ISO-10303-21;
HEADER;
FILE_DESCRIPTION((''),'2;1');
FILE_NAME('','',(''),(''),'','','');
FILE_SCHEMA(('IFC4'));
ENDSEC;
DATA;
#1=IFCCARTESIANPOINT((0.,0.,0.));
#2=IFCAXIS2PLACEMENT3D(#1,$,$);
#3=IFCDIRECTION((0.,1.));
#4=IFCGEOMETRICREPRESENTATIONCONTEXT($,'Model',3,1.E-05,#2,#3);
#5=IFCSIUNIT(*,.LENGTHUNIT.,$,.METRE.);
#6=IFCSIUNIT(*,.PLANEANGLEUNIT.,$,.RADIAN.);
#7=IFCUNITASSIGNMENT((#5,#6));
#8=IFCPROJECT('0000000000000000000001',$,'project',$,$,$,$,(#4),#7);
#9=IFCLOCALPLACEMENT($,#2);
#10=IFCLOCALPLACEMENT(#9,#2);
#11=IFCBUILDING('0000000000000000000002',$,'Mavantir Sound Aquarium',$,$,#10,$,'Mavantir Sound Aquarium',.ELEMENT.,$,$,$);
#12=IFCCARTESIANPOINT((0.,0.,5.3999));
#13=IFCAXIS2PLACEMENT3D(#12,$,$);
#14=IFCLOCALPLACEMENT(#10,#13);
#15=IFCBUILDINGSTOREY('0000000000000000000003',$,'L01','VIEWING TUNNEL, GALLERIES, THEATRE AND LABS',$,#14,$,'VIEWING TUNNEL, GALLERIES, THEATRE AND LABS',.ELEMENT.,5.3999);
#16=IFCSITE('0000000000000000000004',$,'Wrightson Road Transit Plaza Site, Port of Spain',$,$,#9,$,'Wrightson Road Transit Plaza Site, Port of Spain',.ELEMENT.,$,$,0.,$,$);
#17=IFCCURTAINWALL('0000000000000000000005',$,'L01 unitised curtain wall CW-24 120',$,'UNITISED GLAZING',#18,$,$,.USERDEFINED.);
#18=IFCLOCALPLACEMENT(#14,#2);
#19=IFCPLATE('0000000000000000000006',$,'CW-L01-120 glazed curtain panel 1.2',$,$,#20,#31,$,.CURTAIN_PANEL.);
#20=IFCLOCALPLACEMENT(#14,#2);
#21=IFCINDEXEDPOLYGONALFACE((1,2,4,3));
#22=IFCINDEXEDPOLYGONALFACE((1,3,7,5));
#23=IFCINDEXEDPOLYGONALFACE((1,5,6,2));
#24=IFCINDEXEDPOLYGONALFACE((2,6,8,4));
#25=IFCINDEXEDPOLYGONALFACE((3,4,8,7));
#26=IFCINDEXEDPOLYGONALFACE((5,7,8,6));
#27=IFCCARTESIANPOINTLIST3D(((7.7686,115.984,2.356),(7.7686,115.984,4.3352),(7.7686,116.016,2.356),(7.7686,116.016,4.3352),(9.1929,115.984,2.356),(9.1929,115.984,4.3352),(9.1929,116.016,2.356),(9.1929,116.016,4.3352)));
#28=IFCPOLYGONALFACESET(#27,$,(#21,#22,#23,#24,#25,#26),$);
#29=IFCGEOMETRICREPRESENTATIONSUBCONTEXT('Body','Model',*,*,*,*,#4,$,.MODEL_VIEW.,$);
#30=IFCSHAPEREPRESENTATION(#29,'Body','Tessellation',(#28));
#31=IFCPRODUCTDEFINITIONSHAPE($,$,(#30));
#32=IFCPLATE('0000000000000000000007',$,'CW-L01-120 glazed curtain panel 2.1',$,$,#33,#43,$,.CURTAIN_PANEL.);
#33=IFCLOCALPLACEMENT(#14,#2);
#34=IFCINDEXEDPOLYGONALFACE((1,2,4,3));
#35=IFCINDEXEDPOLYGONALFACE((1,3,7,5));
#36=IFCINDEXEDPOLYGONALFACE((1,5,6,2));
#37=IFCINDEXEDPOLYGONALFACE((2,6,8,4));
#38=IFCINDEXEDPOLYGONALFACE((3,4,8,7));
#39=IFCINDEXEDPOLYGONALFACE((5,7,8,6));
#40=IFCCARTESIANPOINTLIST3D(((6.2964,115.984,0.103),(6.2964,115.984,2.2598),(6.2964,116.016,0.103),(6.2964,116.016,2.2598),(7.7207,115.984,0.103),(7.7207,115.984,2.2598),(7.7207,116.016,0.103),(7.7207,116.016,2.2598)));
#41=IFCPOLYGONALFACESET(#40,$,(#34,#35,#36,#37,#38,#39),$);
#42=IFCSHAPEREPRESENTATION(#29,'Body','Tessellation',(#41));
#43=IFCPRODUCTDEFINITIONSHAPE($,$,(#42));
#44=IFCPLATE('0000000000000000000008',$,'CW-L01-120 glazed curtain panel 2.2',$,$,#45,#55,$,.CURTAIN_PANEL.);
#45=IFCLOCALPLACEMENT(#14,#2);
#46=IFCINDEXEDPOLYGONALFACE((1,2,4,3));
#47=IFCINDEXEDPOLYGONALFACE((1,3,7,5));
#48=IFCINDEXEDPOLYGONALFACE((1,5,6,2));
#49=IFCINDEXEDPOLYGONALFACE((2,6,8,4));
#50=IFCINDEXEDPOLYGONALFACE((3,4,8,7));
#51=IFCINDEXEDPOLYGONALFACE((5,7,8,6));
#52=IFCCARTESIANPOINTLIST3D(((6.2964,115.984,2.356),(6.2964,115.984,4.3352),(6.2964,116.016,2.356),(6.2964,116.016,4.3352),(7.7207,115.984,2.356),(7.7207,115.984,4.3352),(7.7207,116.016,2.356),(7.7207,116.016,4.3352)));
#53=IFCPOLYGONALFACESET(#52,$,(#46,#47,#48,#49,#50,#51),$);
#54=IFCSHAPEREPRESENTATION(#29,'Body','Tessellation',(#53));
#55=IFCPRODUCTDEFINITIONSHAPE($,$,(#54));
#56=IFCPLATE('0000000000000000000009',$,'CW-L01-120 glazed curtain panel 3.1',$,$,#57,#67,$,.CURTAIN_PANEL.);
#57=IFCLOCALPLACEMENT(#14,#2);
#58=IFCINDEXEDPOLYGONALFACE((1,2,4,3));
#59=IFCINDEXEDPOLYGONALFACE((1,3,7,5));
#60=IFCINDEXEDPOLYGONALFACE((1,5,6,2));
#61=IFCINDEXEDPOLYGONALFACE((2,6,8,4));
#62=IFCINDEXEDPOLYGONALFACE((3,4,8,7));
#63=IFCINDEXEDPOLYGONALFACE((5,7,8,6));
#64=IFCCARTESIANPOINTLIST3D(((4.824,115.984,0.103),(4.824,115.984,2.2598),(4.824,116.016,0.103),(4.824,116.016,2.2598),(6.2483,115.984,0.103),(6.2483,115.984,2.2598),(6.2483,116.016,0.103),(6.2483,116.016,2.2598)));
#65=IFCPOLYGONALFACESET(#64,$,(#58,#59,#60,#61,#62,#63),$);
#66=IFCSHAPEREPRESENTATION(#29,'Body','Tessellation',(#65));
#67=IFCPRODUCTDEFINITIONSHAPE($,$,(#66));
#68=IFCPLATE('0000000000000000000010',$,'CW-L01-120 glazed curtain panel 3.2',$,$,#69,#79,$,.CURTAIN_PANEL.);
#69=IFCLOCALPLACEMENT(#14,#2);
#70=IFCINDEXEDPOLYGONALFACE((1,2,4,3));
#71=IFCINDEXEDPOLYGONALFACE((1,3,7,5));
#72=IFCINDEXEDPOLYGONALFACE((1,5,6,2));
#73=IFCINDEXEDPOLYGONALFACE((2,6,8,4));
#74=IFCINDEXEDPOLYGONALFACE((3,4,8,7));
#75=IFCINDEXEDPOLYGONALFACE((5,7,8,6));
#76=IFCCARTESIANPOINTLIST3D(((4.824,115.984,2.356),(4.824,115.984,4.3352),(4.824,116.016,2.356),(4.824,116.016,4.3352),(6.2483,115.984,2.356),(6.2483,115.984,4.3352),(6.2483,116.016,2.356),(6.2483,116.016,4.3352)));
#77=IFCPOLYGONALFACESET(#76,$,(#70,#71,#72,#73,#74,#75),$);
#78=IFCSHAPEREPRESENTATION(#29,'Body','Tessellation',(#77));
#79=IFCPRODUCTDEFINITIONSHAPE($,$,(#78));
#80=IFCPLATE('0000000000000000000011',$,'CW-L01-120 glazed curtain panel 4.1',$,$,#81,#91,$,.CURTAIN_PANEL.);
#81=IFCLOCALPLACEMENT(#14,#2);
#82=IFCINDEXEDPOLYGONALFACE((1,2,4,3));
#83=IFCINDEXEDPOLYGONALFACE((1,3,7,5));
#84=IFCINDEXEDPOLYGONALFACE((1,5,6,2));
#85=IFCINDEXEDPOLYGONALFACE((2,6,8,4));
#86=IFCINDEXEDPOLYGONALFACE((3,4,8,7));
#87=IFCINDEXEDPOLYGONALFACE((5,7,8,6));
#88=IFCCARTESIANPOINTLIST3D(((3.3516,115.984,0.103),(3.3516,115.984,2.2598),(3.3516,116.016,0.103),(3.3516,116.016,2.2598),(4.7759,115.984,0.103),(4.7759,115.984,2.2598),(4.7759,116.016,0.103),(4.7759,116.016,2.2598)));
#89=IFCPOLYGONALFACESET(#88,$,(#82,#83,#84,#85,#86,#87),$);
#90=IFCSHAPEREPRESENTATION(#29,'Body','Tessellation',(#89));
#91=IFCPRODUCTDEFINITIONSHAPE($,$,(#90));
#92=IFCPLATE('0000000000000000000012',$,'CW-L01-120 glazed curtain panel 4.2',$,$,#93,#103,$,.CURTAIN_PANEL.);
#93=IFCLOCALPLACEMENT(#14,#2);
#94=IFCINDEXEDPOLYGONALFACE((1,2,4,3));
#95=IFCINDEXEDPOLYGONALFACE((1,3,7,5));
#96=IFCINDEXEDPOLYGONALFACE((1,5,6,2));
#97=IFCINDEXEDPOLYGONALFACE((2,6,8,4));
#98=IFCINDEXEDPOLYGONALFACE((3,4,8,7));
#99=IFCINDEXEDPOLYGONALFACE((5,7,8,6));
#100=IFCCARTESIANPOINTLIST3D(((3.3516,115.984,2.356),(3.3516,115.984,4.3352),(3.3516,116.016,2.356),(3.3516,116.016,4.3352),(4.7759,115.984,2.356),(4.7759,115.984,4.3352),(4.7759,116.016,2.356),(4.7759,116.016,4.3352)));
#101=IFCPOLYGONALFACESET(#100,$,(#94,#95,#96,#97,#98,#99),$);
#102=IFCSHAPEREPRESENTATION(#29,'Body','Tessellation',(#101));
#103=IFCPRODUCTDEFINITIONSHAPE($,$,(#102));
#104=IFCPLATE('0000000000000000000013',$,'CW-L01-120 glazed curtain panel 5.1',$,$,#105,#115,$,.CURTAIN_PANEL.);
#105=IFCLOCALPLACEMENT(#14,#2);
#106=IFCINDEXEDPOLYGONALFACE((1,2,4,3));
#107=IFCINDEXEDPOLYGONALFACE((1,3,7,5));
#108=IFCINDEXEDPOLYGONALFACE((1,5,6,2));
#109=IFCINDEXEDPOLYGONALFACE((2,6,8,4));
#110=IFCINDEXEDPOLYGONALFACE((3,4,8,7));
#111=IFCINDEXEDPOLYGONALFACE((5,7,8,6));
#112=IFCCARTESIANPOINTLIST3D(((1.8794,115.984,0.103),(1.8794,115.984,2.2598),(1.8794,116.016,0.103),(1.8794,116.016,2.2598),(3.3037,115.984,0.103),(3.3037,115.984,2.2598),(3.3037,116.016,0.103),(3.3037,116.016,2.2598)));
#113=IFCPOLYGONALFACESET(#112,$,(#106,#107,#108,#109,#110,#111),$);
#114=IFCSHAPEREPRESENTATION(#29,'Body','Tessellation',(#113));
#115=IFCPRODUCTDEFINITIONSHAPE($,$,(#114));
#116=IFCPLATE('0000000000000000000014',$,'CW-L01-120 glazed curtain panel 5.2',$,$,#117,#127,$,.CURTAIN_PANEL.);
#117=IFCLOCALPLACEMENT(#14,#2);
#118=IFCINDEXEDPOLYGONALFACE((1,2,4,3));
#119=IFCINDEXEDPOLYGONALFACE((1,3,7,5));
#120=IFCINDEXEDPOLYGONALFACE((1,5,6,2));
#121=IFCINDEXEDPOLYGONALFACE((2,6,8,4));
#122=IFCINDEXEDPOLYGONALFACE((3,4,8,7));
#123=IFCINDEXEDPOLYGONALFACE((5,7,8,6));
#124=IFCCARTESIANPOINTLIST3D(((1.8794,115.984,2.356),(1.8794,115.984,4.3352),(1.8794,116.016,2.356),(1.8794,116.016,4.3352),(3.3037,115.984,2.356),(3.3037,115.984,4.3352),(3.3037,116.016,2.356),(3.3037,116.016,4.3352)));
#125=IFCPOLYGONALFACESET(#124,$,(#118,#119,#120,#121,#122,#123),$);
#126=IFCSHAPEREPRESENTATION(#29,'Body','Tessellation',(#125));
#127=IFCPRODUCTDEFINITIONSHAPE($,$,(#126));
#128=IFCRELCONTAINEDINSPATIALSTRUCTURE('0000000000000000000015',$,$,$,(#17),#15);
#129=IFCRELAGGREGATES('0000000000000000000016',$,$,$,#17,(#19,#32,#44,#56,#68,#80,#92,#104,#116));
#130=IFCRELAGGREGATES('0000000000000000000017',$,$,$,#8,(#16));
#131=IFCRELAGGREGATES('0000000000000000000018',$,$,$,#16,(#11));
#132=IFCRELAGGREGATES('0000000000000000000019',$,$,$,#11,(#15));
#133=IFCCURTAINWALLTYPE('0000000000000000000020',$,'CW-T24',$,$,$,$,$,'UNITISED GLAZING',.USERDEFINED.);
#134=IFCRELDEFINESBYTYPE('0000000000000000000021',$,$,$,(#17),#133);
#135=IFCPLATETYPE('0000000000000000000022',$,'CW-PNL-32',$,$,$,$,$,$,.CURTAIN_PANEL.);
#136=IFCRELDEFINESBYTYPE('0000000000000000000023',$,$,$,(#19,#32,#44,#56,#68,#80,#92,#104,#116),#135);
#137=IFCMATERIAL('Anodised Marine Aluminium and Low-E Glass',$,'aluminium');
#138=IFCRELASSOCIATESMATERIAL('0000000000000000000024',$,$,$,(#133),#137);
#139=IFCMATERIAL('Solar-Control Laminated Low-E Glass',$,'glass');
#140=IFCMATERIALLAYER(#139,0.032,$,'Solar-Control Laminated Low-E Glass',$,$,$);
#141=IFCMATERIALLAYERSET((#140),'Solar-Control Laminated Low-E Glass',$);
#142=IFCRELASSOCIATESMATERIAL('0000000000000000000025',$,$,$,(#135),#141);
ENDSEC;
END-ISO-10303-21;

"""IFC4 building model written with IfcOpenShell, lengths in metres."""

from ifc_helpers import new_model, si_unit, direction, frame, origin, origin_2d, place, context, subcontext, project, spatial, rectangle, extrude, material, layer, layer_set, type_object, element, aggregate, save


model = new_model("IFC4")

# Units and contexts
model_context = context("Model", 3, precision=1e-05, world=origin(), true_north=direction((0.0, 1.0)))
body_context = subcontext(model_context, "Body", "Model", "MODEL_VIEW")
ifc_project = project(units=[si_unit("LENGTHUNIT", "METRE"), si_unit("PLANEANGLEUNIT", "RADIAN")], contexts=[model_context])

# Site, building, storey
site_placement = place(None, origin())
site = spatial("IfcSite", under=ifc_project, at=site_placement, Name="Wrightson Road Transit Plaza Site, Port of Spain", LongName="Wrightson Road Transit Plaza Site, Port of Spain", CompositionType="ELEMENT", RefElevation=0.0)
building_placement = place(site_placement, origin())
building = spatial("IfcBuilding", under=site, at=building_placement, Name="Mavantir Sound Aquarium", LongName="Mavantir Sound Aquarium", CompositionType="ELEMENT")
storey_placement = place(building_placement, frame((0.0, 0.0, 5.3999)))
storey = spatial("IfcBuildingStorey", under=building, at=storey_placement, Name="L01", Description="VIEWING TUNNEL, GALLERIES, THEATRE AND LABS", LongName="VIEWING TUNNEL, GALLERIES, THEATRE AND LABS", CompositionType="ELEMENT", Elevation=5.3999)

# Curtain wall, plates
ifc_material_1 = material(Name="Anodised Marine Aluminium and Low-E Glass", Category="aluminium")
curtain_wall_type = type_object("IfcCurtainWallType", Name="CW-T24", ElementType="UNITISED GLAZING", PredefinedType="USERDEFINED", material=ifc_material_1)
curtain_wall_placement = place(storey_placement, origin())
curtain_wall = element("IfcCurtainWall", 1, at=curtain_wall_placement, inside=storey, type_object=curtain_wall_type, Name="L01 unitised curtain wall CW-24 120", ObjectType="UNITISED GLAZING", PredefinedType="USERDEFINED")
ifc_material_2 = material(Name="Solar-Control Laminated Low-E Glass", Category="glass")
ifc_layer = layer(ifc_material_2, 0.032, Name="Solar-Control Laminated Low-E Glass")
ifc_layer_set = layer_set([ifc_layer], Name="Solar-Control Laminated Low-E Glass")
plate_type = type_object("IfcPlateType", Name="CW-PNL-32", PredefinedType="CURTAIN_PANEL", material=ifc_layer_set)
plate_1_placement = place(storey_placement, frame((8.4807, 116.0, 2.356), z_axis=(0.0, 0.0, 1.0), x_axis=(-1.0, 0.0, 0.0)))
plate_1 = element("IfcPlate", 2, at=plate_1_placement, type_object=plate_type, Name="CW-L01-120 glazed curtain panel 1.2", PredefinedType="CURTAIN_PANEL", context=body_context, shape_type="SweptSolid", body=[
    extrude(rectangle(XDim=1.4243, YDim=0.032, at=origin_2d()), origin(), (0.0, 0.0, 1.0), 1.9792),
])
plate_2_placement = place(storey_placement, frame((7.0085, 116.0, 0.103), z_axis=(0.0, 0.0, 1.0), x_axis=(-1.0, 0.0, 0.0)))
plate_2 = element("IfcPlate", 3, at=plate_2_placement, type_object=plate_type, Name="CW-L01-120 glazed curtain panel 2.1", PredefinedType="CURTAIN_PANEL", context=body_context, shape_type="SweptSolid", body=[
    extrude(rectangle(XDim=1.4243, YDim=0.032, at=origin_2d()), origin(), (0.0, 0.0, 1.0), 2.1567),
])
plate_3_placement = place(storey_placement, frame((7.0085, 116.0, 2.356), z_axis=(0.0, 0.0, 1.0), x_axis=(-1.0, 0.0, 0.0)))
plate_3 = element("IfcPlate", 4, at=plate_3_placement, type_object=plate_type, Name="CW-L01-120 glazed curtain panel 2.2", PredefinedType="CURTAIN_PANEL", context=body_context, shape_type="SweptSolid", body=[
    extrude(rectangle(XDim=1.4243, YDim=0.032, at=origin_2d()), origin(), (0.0, 0.0, 1.0), 1.9792),
])
plate_4_placement = place(storey_placement, frame((5.5361, 116.0, 0.103), z_axis=(0.0, 0.0, 1.0), x_axis=(-1.0, 0.0, 0.0)))
plate_4 = element("IfcPlate", 5, at=plate_4_placement, type_object=plate_type, Name="CW-L01-120 glazed curtain panel 3.1", PredefinedType="CURTAIN_PANEL", context=body_context, shape_type="SweptSolid", body=[
    extrude(rectangle(XDim=1.4243, YDim=0.032, at=origin_2d()), origin(), (0.0, 0.0, 1.0), 2.1567),
])
plate_5_placement = place(storey_placement, frame((5.5361, 116.0, 2.356), z_axis=(0.0, 0.0, 1.0), x_axis=(-1.0, 0.0, 0.0)))
plate_5 = element("IfcPlate", 6, at=plate_5_placement, type_object=plate_type, Name="CW-L01-120 glazed curtain panel 3.2", PredefinedType="CURTAIN_PANEL", context=body_context, shape_type="SweptSolid", body=[
    extrude(rectangle(XDim=1.4243, YDim=0.032, at=origin_2d()), origin(), (0.0, 0.0, 1.0), 1.9792),
])
plate_6_placement = place(storey_placement, frame((4.0637, 116.0, 0.103), z_axis=(0.0, 0.0, 1.0), x_axis=(-1.0, 0.0, 0.0)))
plate_6 = element("IfcPlate", 7, at=plate_6_placement, type_object=plate_type, Name="CW-L01-120 glazed curtain panel 4.1", PredefinedType="CURTAIN_PANEL", context=body_context, shape_type="SweptSolid", body=[
    extrude(rectangle(XDim=1.4243, YDim=0.032, at=origin_2d()), origin(), (0.0, 0.0, 1.0), 2.1567),
])
plate_7_placement = place(storey_placement, frame((4.0637, 116.0, 2.356), z_axis=(0.0, 0.0, 1.0), x_axis=(-1.0, 0.0, 0.0)))
plate_7 = element("IfcPlate", 8, at=plate_7_placement, type_object=plate_type, Name="CW-L01-120 glazed curtain panel 4.2", PredefinedType="CURTAIN_PANEL", context=body_context, shape_type="SweptSolid", body=[
    extrude(rectangle(XDim=1.4243, YDim=0.032, at=origin_2d()), origin(), (0.0, 0.0, 1.0), 1.9792),
])
plate_8_placement = place(storey_placement, frame((2.5916, 116.0, 0.103), z_axis=(0.0, 0.0, 1.0), x_axis=(-1.0, 0.0, 0.0)))
plate_8 = element("IfcPlate", 9, at=plate_8_placement, type_object=plate_type, Name="CW-L01-120 glazed curtain panel 5.1", PredefinedType="CURTAIN_PANEL", context=body_context, shape_type="SweptSolid", body=[
    extrude(rectangle(XDim=1.4243, YDim=0.032, at=origin_2d()), origin(), (0.0, 0.0, 1.0), 2.1567),
])
plate_9_placement = place(storey_placement, frame((2.5916, 116.0, 2.356), z_axis=(0.0, 0.0, 1.0), x_axis=(-1.0, 0.0, 0.0)))
plate_9 = element("IfcPlate", 10, at=plate_9_placement, type_object=plate_type, Name="CW-L01-120 glazed curtain panel 5.2", PredefinedType="CURTAIN_PANEL", context=body_context, shape_type="SweptSolid", body=[
    extrude(rectangle(XDim=1.4243, YDim=0.032, at=origin_2d()), origin(), (0.0, 0.0, 1.0), 1.9792),
])
aggregate(curtain_wall, [plate_1, plate_2, plate_3, plate_4, plate_5, plate_6, plate_7, plate_8, plate_9])

save(model, "model.ifc")
